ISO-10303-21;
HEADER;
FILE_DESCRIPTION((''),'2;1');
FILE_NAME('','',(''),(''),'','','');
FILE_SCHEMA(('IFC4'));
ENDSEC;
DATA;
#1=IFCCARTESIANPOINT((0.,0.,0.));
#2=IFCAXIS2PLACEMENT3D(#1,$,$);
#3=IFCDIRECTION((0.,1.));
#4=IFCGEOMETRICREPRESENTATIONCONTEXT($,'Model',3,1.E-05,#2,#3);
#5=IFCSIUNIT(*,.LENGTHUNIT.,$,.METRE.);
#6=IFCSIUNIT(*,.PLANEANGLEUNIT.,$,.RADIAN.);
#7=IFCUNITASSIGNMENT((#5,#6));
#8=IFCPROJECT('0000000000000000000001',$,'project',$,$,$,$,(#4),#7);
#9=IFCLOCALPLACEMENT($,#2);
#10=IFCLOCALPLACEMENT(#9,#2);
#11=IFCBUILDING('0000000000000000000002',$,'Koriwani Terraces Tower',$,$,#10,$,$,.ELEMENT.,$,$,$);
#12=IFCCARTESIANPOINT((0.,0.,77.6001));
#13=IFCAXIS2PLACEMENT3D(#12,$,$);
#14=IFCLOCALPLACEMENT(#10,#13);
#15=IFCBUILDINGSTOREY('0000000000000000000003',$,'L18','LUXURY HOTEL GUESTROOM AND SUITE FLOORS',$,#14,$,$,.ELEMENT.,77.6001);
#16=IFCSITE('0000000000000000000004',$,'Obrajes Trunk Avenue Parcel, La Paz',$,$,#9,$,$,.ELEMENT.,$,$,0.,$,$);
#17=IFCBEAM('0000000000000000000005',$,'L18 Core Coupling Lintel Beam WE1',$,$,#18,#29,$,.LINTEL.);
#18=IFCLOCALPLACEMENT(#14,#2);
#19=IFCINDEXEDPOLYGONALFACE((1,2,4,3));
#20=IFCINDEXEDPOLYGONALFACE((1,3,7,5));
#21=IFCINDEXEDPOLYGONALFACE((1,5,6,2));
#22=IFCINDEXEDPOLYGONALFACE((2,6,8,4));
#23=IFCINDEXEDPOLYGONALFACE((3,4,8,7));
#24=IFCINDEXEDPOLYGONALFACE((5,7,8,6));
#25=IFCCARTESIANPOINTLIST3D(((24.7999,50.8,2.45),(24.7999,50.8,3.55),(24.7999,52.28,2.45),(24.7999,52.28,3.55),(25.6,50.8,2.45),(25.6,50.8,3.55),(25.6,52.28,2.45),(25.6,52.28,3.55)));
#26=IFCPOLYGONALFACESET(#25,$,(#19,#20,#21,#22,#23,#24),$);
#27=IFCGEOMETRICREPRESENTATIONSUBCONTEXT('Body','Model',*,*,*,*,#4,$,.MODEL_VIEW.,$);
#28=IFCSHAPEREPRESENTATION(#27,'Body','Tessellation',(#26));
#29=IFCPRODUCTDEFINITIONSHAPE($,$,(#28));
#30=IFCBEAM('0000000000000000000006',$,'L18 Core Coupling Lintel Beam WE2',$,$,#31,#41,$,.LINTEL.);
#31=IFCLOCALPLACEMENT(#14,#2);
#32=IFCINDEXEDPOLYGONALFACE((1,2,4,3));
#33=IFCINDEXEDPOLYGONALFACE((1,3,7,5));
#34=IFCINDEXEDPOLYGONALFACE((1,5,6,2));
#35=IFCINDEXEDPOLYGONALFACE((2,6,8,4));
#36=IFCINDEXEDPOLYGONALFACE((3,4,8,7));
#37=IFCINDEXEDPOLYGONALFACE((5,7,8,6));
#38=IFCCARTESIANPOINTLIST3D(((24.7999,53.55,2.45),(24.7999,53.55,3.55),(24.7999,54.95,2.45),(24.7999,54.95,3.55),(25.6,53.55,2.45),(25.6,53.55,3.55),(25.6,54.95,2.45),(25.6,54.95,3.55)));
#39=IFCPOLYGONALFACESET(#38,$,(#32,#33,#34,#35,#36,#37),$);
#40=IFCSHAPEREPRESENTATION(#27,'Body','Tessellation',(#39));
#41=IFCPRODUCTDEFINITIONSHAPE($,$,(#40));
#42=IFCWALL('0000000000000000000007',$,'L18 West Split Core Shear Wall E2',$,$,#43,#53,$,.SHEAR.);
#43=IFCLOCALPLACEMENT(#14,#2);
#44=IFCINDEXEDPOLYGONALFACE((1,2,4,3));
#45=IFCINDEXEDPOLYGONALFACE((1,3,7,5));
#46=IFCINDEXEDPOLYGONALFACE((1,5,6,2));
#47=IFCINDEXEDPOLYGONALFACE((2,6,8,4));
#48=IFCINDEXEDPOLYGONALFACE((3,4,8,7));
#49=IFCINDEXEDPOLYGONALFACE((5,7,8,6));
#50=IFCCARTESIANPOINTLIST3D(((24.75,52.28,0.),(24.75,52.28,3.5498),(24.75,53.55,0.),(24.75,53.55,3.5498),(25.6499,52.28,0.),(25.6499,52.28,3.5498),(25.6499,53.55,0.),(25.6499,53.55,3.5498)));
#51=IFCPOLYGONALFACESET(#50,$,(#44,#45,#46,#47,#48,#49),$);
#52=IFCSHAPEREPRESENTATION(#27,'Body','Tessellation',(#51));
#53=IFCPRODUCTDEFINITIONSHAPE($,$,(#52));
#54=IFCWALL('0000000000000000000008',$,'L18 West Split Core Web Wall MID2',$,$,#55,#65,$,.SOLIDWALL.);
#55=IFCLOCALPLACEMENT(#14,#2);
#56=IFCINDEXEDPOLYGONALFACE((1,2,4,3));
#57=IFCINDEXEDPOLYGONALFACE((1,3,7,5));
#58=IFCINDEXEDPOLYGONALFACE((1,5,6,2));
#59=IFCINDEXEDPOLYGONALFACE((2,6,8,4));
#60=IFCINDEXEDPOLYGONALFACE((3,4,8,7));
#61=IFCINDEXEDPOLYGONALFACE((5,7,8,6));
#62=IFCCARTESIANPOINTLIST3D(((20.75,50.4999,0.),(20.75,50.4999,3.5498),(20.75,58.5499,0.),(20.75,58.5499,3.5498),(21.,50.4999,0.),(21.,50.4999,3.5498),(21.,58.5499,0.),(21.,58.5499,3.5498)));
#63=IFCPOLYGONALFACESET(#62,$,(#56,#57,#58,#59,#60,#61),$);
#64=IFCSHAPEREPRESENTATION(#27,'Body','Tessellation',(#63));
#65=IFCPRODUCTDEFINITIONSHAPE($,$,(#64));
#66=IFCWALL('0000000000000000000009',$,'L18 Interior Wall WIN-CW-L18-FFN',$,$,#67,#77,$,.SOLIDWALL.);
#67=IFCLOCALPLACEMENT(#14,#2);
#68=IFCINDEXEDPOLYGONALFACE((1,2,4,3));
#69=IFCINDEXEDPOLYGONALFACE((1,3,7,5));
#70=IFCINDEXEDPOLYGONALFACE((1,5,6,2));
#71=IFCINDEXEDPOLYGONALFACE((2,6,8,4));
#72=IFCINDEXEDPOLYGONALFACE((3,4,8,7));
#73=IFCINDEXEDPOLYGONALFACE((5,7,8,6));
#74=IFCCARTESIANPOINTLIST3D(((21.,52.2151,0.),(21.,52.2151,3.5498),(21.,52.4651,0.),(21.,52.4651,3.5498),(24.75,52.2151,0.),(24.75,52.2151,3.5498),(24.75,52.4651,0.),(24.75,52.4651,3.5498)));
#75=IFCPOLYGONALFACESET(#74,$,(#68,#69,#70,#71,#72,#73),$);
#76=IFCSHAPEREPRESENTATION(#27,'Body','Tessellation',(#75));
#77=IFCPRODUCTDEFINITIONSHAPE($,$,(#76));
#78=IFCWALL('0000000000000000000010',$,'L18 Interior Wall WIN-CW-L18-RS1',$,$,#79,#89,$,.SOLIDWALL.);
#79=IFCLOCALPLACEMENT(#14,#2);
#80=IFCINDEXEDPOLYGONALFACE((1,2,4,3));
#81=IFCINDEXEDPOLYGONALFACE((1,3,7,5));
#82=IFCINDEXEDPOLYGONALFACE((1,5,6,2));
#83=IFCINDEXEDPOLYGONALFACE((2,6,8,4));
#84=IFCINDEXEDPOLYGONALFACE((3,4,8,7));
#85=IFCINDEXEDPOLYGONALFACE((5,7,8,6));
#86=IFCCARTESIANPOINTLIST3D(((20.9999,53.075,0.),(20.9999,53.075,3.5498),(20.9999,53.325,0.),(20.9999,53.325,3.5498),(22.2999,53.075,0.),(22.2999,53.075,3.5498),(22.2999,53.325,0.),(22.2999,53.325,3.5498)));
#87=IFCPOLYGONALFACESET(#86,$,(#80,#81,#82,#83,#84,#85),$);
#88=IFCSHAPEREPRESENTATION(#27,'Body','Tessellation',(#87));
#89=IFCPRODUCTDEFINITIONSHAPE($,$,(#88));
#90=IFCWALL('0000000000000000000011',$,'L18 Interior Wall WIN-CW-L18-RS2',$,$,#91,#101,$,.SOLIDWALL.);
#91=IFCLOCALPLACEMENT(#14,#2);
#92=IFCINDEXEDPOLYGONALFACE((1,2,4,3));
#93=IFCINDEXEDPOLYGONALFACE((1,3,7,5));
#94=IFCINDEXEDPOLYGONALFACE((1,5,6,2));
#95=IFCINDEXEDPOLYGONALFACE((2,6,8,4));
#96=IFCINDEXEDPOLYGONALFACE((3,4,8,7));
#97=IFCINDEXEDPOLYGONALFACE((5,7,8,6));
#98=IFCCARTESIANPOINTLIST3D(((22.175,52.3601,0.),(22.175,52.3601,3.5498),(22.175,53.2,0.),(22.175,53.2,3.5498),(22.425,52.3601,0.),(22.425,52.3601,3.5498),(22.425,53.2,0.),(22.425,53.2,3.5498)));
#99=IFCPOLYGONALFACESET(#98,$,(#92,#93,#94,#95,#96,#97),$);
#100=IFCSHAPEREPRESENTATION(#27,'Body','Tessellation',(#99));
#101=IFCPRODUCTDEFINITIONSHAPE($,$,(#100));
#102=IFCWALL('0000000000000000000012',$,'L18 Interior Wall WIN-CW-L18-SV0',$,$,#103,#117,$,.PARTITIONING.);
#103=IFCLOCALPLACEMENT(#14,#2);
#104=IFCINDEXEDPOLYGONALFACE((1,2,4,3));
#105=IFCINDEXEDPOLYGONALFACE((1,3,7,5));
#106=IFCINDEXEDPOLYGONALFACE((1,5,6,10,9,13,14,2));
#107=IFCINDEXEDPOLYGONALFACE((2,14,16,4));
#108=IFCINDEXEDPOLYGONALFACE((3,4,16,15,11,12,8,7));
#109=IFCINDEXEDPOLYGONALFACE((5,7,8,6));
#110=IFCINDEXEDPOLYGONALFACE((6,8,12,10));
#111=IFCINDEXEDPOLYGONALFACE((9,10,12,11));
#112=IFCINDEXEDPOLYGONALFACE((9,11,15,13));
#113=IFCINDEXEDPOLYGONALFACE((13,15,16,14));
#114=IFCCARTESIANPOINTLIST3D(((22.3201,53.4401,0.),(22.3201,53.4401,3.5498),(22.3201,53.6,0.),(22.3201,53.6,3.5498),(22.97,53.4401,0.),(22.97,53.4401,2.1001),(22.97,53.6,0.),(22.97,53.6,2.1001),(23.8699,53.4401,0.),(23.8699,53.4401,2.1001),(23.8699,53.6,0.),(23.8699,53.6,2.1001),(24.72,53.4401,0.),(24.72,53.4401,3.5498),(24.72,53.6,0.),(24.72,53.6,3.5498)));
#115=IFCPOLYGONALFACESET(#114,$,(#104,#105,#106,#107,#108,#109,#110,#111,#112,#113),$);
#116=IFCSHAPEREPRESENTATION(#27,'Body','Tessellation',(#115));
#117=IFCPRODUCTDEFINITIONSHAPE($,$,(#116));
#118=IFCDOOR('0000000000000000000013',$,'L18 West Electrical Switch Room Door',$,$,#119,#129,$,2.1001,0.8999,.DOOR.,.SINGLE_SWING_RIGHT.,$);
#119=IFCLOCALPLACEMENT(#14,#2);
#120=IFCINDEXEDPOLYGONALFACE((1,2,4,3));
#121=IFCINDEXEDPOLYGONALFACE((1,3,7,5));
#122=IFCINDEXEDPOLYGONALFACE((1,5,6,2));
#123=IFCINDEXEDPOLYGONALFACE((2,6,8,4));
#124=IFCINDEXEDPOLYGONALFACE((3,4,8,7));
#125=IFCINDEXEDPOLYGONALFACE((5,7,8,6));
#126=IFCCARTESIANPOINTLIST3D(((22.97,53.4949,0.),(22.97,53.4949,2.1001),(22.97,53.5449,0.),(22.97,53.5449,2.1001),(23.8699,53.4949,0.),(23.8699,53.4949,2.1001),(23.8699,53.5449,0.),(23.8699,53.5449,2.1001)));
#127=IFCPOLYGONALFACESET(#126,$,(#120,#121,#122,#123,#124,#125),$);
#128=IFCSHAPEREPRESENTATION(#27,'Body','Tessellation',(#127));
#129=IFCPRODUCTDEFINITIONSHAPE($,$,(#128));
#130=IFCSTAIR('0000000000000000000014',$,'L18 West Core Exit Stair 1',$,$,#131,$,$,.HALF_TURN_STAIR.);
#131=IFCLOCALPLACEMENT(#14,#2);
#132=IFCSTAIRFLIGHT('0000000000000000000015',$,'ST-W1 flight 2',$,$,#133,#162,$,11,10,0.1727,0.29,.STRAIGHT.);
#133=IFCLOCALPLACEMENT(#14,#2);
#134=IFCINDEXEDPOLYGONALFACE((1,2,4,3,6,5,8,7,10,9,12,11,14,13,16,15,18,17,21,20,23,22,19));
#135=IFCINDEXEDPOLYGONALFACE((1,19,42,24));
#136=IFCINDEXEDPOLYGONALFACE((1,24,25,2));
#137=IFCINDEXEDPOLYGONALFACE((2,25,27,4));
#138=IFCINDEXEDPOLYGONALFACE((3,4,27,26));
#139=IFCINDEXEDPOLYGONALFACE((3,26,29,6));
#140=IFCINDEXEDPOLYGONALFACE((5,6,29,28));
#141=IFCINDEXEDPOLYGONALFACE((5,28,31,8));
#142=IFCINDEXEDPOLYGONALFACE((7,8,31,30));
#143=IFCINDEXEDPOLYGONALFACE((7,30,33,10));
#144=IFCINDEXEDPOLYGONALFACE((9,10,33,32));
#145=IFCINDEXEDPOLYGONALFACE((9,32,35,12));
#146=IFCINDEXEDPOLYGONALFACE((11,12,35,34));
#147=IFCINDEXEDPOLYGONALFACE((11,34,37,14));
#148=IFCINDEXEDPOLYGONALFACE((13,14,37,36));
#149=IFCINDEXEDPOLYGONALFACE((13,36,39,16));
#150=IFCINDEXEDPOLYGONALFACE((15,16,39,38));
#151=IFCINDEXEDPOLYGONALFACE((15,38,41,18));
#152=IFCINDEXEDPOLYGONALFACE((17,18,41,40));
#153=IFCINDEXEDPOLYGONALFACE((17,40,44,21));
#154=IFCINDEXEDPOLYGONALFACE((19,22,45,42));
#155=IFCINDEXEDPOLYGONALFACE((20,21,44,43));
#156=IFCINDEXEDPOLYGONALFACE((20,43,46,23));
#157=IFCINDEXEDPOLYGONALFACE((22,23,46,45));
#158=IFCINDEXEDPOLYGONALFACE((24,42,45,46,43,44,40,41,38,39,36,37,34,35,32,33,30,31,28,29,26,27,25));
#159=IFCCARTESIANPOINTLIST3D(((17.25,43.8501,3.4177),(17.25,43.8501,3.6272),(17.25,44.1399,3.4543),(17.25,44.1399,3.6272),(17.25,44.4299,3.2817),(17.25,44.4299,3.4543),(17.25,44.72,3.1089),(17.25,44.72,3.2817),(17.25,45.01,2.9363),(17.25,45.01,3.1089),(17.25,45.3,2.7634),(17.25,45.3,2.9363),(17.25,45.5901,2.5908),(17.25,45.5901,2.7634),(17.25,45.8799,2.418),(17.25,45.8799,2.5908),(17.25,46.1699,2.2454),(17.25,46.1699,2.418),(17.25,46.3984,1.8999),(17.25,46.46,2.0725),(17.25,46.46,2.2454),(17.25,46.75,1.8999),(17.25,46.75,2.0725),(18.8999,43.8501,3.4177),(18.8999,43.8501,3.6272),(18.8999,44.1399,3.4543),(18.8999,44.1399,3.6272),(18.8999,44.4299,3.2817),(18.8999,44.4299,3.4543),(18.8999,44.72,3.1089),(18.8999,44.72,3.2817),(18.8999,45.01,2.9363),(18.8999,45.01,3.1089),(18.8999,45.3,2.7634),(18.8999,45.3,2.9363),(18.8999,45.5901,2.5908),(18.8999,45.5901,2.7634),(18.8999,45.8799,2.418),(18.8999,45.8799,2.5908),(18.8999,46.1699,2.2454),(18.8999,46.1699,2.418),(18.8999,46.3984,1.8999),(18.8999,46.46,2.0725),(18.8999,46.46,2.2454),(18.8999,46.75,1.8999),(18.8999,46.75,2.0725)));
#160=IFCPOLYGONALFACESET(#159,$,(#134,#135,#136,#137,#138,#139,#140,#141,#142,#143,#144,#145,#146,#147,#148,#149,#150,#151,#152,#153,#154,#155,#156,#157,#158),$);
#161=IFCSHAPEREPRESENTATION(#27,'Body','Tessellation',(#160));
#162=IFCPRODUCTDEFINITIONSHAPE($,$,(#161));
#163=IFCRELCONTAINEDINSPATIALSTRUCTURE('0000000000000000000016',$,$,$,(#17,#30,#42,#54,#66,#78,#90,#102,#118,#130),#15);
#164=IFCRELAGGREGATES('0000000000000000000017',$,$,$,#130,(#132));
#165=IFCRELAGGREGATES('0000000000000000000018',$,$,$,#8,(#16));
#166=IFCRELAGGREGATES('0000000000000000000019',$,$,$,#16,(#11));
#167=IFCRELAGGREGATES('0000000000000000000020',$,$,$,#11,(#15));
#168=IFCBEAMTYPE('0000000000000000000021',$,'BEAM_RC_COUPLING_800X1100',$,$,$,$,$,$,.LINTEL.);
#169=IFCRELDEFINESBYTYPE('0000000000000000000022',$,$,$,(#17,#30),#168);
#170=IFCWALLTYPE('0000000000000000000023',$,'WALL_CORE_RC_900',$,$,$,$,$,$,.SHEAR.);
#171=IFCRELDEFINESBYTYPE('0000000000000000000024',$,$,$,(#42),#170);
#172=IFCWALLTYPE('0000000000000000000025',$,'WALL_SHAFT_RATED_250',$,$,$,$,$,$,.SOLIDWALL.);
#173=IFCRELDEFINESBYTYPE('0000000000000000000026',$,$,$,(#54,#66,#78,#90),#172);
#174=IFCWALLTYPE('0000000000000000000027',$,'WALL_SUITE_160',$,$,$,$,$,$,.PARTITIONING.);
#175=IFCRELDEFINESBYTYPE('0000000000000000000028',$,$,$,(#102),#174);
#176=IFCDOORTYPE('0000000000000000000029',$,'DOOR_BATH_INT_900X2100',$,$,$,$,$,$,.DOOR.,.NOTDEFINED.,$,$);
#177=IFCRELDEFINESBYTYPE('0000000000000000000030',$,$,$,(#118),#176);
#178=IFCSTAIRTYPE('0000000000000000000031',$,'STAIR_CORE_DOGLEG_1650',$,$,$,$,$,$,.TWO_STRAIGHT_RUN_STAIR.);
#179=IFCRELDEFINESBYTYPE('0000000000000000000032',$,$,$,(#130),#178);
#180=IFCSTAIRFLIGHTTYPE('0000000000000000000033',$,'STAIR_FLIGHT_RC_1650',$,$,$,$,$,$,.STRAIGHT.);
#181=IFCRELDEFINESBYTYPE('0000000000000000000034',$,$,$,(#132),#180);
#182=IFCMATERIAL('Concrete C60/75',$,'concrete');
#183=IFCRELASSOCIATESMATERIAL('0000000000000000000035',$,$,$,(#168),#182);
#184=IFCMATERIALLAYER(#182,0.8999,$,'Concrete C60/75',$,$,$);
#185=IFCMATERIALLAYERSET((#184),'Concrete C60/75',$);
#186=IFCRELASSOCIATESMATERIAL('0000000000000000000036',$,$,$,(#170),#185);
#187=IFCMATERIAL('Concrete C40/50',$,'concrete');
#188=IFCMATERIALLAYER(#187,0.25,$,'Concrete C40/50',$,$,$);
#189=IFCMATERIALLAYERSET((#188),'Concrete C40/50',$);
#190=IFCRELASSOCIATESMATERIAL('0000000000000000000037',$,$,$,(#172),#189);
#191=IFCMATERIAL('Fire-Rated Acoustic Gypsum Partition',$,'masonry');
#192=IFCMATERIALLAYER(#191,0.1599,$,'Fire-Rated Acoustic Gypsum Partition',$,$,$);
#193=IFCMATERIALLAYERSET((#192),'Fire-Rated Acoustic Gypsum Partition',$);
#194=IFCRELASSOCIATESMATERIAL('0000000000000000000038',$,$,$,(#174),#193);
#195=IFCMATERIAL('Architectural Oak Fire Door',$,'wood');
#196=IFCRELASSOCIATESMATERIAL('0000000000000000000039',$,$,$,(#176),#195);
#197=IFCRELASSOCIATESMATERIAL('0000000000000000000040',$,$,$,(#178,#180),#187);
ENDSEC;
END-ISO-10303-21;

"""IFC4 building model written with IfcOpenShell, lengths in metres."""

from ifc_helpers import new_model, si_unit, direction, frame, frame_2d, origin, origin_2d, place, context, subcontext, project, spatial, polyline, rectangle, outline, extrude, material, layer, layer_set, material_profile, profile_set, type_object, element, fill, aggregate, save


model = new_model("IFC4")

# Units and contexts
model_context = context("Model", 3, precision=1e-05, world=origin(), true_north=direction((0.0, 1.0)))
body_context = subcontext(model_context, "Body", "Model", "MODEL_VIEW")
ifc_project = project(units=[si_unit("LENGTHUNIT", "METRE"), si_unit("PLANEANGLEUNIT", "RADIAN")], contexts=[model_context])

# Site, building, storey
site_placement = place(None, origin())
site = spatial("IfcSite", under=ifc_project, at=site_placement, Name="Obrajes Trunk Avenue Parcel, La Paz", CompositionType="ELEMENT", RefElevation=0.0)
building_placement = place(site_placement, origin())
building = spatial("IfcBuilding", under=site, at=building_placement, Name="Koriwani Terraces Tower", CompositionType="ELEMENT")
storey_placement = place(building_placement, frame((0.0, 0.0, 77.6001)))
storey = spatial("IfcBuildingStorey", under=building, at=storey_placement, Name="L18", Description="LUXURY HOTEL GUESTROOM AND SUITE FLOORS", CompositionType="ELEMENT", Elevation=77.6001)

# Beams
ifc_material_1 = material(Name="Concrete C60/75", Category="concrete")
ifc_material_profile = material_profile(ifc_material_1, rectangle(XDim=0.8, YDim=1.1001, at=origin_2d()), Name="Concrete C60/75", Category="LoadBearing")
ifc_profile_set = profile_set([ifc_material_profile], Name="Concrete C60/75")
beam_type = type_object("IfcBeamType", Name="BEAM_RC_COUPLING_800X1100", PredefinedType="LINTEL", material=ifc_profile_set)
beam_1_placement = place(storey_placement, frame((25.2, 50.8, 3.0), z_axis=(0.0, 1.0, 0.0), x_axis=(-1.0, 0.0, 0.0)))
element("IfcBeam", 1, at=beam_1_placement, inside=storey, type_object=beam_type, Name="L18 Core Coupling Lintel Beam WE1", PredefinedType="LINTEL", context=body_context, shape_type="SweptSolid", body=[
    extrude(rectangle(XDim=0.8, YDim=1.1001, at=origin_2d()), origin(), (0.0, 0.0, 1.0), 1.48),
])
beam_2_placement = place(storey_placement, frame((25.2, 53.55, 3.0), z_axis=(0.0, 1.0, 0.0), x_axis=(-1.0, 0.0, 0.0)))
element("IfcBeam", 2, at=beam_2_placement, inside=storey, type_object=beam_type, Name="L18 Core Coupling Lintel Beam WE2", PredefinedType="LINTEL", context=body_context, shape_type="SweptSolid", body=[
    extrude(rectangle(XDim=0.8, YDim=1.1001, at=origin_2d()), origin(), (0.0, 0.0, 1.0), 1.3999),
])

# Walls
ifc_layer_1 = layer(ifc_material_1, 0.8999, Name="Concrete C60/75")
ifc_layer_set_1 = layer_set([ifc_layer_1], Name="Concrete C60/75")
wall_type_1 = type_object("IfcWallType", Name="WALL_CORE_RC_900", PredefinedType="SHEAR", material=ifc_layer_set_1)
wall_1_placement = place(storey_placement, frame((25.2, 52.28, 0.0), z_axis=(0.0, 0.0, 1.0), x_axis=(0.0, 1.0, 0.0)))
element("IfcWall", 3, at=wall_1_placement, inside=storey, type_object=wall_type_1, Name="L18 West Split Core Shear Wall E2", PredefinedType="SHEAR", context=body_context, shape_type="SweptSolid", body=[
    extrude(rectangle(XDim=1.27, YDim=0.8999, at=frame_2d((0.635, 0.0))), origin(), (0.0, 0.0, 1.0), 3.5498),
])
ifc_material_2 = material(Name="Concrete C40/50", Category="concrete")
ifc_layer_2 = layer(ifc_material_2, 0.25, Name="Concrete C40/50")
ifc_layer_set_2 = layer_set([ifc_layer_2], Name="Concrete C40/50")
wall_type_2 = type_object("IfcWallType", Name="WALL_SHAFT_RATED_250", PredefinedType="SOLIDWALL", material=ifc_layer_set_2)
wall_2_placement = place(storey_placement, frame((20.875, 50.5, 0.0), z_axis=(0.0, 0.0, 1.0), x_axis=(0.0, 1.0, 0.0)))
element("IfcWall", 4, at=wall_2_placement, inside=storey, type_object=wall_type_2, Name="L18 West Split Core Web Wall MID2", PredefinedType="SOLIDWALL", context=body_context, shape_type="SweptSolid", body=[
    extrude(rectangle(XDim=8.05, YDim=0.25, at=frame_2d((4.0249, 0.0))), origin(), (0.0, 0.0, 1.0), 3.5498),
])

# Wall
wall_3_placement = place(storey_placement, frame((21.0, 52.3401, 0.0), z_axis=(0.0, 0.0, 1.0), x_axis=(1.0, 0.0, 0.0)))
element("IfcWall", 5, at=wall_3_placement, inside=storey, type_object=wall_type_2, Name="L18 Interior Wall WIN-CW-L18-FFN", PredefinedType="SOLIDWALL", context=body_context, shape_type="SweptSolid", body=[
    extrude(rectangle(XDim=3.75, YDim=0.25, at=frame_2d((1.875, 0.0))), origin(), (0.0, 0.0, 1.0), 3.5498),
])

# Walls
wall_4_placement = place(storey_placement, frame((21.0, 53.2, 0.0), z_axis=(0.0, 0.0, 1.0), x_axis=(1.0, 0.0, 0.0)))
element("IfcWall", 6, at=wall_4_placement, inside=storey, type_object=wall_type_2, Name="L18 Interior Wall WIN-CW-L18-RS1", PredefinedType="SOLIDWALL", context=body_context, shape_type="SweptSolid", body=[
    extrude(rectangle(XDim=1.3, YDim=0.25, at=frame_2d((0.6499, 0.0))), origin(), (0.0, 0.0, 1.0), 3.5498),
])
wall_5_placement = place(storey_placement, frame((22.3, 52.3601, 0.0), z_axis=(0.0, 0.0, 1.0), x_axis=(0.0, 1.0, 0.0)))
element("IfcWall", 7, at=wall_5_placement, inside=storey, type_object=wall_type_2, Name="L18 Interior Wall WIN-CW-L18-RS2", PredefinedType="SOLIDWALL", context=body_context, shape_type="SweptSolid", body=[
    extrude(rectangle(XDim=0.8398, YDim=0.25, at=frame_2d((0.4199, 0.0))), origin(), (0.0, 0.0, 1.0), 3.5498),
])

# Wall, opening, door
ifc_material_3 = material(Name="Fire-Rated Acoustic Gypsum Partition", Category="masonry")
ifc_layer_3 = layer(ifc_material_3, 0.1599, Name="Fire-Rated Acoustic Gypsum Partition")
ifc_layer_set_3 = layer_set([ifc_layer_3], Name="Fire-Rated Acoustic Gypsum Partition")
wall_type_3 = type_object("IfcWallType", Name="WALL_SUITE_160", PredefinedType="PARTITIONING", material=ifc_layer_set_3)
wall_6_placement = place(storey_placement, frame((22.3201, 53.52, 0.0), z_axis=(0.0, 0.0, 1.0), x_axis=(1.0, 0.0, 0.0)))
wall_6 = element("IfcWall", 8, at=wall_6_placement, inside=storey, type_object=wall_type_3, Name="L18 Interior Wall WIN-CW-L18-SV0", PredefinedType="PARTITIONING", context=body_context, shape_type="SweptSolid", body=[
    extrude(rectangle(XDim=2.3999, YDim=0.1599, at=frame_2d((1.2, 0.0))), origin(), (0.0, 0.0, 1.0), 3.5498),
])
opening_1_placement = place(wall_6_placement, frame((0.6499, 0.0, 0.0)))
opening_1 = element("IfcOpeningElement", 9, at=opening_1_placement, cuts=wall_6, PredefinedType="OPENING", context=body_context, shape_type="SweptSolid", body=[
    extrude(rectangle(XDim=0.8999, YDim=2.1001, at=frame_2d((0.45, 1.05))), frame((0.0, 0.0898, 0.0), z_axis=(0.0, -1.0, 0.0), x_axis=(1.0, 0.0, 0.0)), (0.0, 0.0, 1.0), 0.1799),
])
ifc_material_4 = material(Name="Architectural Oak Fire Door", Category="wood")
door_type_1 = type_object("IfcDoorType", Name="DOOR_BATH_INT_900X2100", OperationType="NOTDEFINED", PredefinedType="DOOR", material=ifc_material_4)
door_1_placement = place(opening_1_placement, origin())
door_1 = element("IfcDoor", 10, at=door_1_placement, inside=storey, type_object=door_type_1, Name="L18 West Electrical Switch Room Door", OperationType="SINGLE_SWING_RIGHT", OverallHeight=2.1001, OverallWidth=0.8999, PredefinedType="DOOR", context=body_context, shape_type="SweptSolid", body=[
    extrude(rectangle(XDim=0.8999, YDim=2.1001, at=frame_2d((0.45, 1.05))), frame((0.0, 0.0249, 0.0), z_axis=(0.0, -1.0, 0.0), x_axis=(1.0, 0.0, 0.0)), (0.0, 0.0, 1.0), 0.05),
])
fill(opening_1, door_1)

# Stair, stair flight
stair_type = type_object("IfcStairType", Name="STAIR_CORE_DOGLEG_1650", PredefinedType="TWO_STRAIGHT_RUN_STAIR", material=ifc_material_2)
stair_placement = place(storey_placement, origin())
stair = element("IfcStair", 11, at=stair_placement, inside=storey, type_object=stair_type, Name="L18 West Core Exit Stair 1", PredefinedType="HALF_TURN_STAIR")
stair_flight_type = type_object("IfcStairFlightType", Name="STAIR_FLIGHT_RC_1650", PredefinedType="STRAIGHT", material=ifc_material_2)
stair_flight_placement = place(storey_placement, frame((18.075, 46.75, 1.8999), z_axis=(0.0, 0.0, 1.0), x_axis=(0.0, -1.0, 0.0)))
stair_flight = element("IfcStairFlight", 12, at=stair_flight_placement, type_object=stair_flight_type, Name="ST-W1 flight 2", NumberOfRisers=11, NumberOfTreads=10, PredefinedType="STRAIGHT", RiserHeight=0.1727, TreadLength=0.29, context=body_context, shape_type="SweptSolid", body=[
    extrude(outline(polyline([(0.0, 0.0), (0.0, 0.1726), (0.29, 0.1726), (0.29, 0.3455), (0.5801, 0.3455), (0.5801, 0.5181), (0.8701, 0.5181), (0.8701, 0.6909), (1.1599, 0.6909), (1.1599, 0.8635), (1.45, 0.8635), (1.45, 1.0364), (1.74, 1.0364), (1.74, 1.209), (2.03, 1.209), (2.03, 1.3818), (2.3201, 1.3818), (2.3201, 1.5544), (2.6101, 1.5544), (2.6101, 1.7273), (2.8999, 1.7273), (2.8999, 1.8999), (2.8999, 1.5178), (0.3516, 0.0), (0.0, 0.0)])), frame((0.0, 0.825, 0.0), z_axis=(0.0, -1.0, 0.0), x_axis=(1.0, 0.0, 0.0)), (0.0, 0.0, 1.0), 1.6499),
])
aggregate(stair, [stair_flight])

save(model, "model.ifc")
